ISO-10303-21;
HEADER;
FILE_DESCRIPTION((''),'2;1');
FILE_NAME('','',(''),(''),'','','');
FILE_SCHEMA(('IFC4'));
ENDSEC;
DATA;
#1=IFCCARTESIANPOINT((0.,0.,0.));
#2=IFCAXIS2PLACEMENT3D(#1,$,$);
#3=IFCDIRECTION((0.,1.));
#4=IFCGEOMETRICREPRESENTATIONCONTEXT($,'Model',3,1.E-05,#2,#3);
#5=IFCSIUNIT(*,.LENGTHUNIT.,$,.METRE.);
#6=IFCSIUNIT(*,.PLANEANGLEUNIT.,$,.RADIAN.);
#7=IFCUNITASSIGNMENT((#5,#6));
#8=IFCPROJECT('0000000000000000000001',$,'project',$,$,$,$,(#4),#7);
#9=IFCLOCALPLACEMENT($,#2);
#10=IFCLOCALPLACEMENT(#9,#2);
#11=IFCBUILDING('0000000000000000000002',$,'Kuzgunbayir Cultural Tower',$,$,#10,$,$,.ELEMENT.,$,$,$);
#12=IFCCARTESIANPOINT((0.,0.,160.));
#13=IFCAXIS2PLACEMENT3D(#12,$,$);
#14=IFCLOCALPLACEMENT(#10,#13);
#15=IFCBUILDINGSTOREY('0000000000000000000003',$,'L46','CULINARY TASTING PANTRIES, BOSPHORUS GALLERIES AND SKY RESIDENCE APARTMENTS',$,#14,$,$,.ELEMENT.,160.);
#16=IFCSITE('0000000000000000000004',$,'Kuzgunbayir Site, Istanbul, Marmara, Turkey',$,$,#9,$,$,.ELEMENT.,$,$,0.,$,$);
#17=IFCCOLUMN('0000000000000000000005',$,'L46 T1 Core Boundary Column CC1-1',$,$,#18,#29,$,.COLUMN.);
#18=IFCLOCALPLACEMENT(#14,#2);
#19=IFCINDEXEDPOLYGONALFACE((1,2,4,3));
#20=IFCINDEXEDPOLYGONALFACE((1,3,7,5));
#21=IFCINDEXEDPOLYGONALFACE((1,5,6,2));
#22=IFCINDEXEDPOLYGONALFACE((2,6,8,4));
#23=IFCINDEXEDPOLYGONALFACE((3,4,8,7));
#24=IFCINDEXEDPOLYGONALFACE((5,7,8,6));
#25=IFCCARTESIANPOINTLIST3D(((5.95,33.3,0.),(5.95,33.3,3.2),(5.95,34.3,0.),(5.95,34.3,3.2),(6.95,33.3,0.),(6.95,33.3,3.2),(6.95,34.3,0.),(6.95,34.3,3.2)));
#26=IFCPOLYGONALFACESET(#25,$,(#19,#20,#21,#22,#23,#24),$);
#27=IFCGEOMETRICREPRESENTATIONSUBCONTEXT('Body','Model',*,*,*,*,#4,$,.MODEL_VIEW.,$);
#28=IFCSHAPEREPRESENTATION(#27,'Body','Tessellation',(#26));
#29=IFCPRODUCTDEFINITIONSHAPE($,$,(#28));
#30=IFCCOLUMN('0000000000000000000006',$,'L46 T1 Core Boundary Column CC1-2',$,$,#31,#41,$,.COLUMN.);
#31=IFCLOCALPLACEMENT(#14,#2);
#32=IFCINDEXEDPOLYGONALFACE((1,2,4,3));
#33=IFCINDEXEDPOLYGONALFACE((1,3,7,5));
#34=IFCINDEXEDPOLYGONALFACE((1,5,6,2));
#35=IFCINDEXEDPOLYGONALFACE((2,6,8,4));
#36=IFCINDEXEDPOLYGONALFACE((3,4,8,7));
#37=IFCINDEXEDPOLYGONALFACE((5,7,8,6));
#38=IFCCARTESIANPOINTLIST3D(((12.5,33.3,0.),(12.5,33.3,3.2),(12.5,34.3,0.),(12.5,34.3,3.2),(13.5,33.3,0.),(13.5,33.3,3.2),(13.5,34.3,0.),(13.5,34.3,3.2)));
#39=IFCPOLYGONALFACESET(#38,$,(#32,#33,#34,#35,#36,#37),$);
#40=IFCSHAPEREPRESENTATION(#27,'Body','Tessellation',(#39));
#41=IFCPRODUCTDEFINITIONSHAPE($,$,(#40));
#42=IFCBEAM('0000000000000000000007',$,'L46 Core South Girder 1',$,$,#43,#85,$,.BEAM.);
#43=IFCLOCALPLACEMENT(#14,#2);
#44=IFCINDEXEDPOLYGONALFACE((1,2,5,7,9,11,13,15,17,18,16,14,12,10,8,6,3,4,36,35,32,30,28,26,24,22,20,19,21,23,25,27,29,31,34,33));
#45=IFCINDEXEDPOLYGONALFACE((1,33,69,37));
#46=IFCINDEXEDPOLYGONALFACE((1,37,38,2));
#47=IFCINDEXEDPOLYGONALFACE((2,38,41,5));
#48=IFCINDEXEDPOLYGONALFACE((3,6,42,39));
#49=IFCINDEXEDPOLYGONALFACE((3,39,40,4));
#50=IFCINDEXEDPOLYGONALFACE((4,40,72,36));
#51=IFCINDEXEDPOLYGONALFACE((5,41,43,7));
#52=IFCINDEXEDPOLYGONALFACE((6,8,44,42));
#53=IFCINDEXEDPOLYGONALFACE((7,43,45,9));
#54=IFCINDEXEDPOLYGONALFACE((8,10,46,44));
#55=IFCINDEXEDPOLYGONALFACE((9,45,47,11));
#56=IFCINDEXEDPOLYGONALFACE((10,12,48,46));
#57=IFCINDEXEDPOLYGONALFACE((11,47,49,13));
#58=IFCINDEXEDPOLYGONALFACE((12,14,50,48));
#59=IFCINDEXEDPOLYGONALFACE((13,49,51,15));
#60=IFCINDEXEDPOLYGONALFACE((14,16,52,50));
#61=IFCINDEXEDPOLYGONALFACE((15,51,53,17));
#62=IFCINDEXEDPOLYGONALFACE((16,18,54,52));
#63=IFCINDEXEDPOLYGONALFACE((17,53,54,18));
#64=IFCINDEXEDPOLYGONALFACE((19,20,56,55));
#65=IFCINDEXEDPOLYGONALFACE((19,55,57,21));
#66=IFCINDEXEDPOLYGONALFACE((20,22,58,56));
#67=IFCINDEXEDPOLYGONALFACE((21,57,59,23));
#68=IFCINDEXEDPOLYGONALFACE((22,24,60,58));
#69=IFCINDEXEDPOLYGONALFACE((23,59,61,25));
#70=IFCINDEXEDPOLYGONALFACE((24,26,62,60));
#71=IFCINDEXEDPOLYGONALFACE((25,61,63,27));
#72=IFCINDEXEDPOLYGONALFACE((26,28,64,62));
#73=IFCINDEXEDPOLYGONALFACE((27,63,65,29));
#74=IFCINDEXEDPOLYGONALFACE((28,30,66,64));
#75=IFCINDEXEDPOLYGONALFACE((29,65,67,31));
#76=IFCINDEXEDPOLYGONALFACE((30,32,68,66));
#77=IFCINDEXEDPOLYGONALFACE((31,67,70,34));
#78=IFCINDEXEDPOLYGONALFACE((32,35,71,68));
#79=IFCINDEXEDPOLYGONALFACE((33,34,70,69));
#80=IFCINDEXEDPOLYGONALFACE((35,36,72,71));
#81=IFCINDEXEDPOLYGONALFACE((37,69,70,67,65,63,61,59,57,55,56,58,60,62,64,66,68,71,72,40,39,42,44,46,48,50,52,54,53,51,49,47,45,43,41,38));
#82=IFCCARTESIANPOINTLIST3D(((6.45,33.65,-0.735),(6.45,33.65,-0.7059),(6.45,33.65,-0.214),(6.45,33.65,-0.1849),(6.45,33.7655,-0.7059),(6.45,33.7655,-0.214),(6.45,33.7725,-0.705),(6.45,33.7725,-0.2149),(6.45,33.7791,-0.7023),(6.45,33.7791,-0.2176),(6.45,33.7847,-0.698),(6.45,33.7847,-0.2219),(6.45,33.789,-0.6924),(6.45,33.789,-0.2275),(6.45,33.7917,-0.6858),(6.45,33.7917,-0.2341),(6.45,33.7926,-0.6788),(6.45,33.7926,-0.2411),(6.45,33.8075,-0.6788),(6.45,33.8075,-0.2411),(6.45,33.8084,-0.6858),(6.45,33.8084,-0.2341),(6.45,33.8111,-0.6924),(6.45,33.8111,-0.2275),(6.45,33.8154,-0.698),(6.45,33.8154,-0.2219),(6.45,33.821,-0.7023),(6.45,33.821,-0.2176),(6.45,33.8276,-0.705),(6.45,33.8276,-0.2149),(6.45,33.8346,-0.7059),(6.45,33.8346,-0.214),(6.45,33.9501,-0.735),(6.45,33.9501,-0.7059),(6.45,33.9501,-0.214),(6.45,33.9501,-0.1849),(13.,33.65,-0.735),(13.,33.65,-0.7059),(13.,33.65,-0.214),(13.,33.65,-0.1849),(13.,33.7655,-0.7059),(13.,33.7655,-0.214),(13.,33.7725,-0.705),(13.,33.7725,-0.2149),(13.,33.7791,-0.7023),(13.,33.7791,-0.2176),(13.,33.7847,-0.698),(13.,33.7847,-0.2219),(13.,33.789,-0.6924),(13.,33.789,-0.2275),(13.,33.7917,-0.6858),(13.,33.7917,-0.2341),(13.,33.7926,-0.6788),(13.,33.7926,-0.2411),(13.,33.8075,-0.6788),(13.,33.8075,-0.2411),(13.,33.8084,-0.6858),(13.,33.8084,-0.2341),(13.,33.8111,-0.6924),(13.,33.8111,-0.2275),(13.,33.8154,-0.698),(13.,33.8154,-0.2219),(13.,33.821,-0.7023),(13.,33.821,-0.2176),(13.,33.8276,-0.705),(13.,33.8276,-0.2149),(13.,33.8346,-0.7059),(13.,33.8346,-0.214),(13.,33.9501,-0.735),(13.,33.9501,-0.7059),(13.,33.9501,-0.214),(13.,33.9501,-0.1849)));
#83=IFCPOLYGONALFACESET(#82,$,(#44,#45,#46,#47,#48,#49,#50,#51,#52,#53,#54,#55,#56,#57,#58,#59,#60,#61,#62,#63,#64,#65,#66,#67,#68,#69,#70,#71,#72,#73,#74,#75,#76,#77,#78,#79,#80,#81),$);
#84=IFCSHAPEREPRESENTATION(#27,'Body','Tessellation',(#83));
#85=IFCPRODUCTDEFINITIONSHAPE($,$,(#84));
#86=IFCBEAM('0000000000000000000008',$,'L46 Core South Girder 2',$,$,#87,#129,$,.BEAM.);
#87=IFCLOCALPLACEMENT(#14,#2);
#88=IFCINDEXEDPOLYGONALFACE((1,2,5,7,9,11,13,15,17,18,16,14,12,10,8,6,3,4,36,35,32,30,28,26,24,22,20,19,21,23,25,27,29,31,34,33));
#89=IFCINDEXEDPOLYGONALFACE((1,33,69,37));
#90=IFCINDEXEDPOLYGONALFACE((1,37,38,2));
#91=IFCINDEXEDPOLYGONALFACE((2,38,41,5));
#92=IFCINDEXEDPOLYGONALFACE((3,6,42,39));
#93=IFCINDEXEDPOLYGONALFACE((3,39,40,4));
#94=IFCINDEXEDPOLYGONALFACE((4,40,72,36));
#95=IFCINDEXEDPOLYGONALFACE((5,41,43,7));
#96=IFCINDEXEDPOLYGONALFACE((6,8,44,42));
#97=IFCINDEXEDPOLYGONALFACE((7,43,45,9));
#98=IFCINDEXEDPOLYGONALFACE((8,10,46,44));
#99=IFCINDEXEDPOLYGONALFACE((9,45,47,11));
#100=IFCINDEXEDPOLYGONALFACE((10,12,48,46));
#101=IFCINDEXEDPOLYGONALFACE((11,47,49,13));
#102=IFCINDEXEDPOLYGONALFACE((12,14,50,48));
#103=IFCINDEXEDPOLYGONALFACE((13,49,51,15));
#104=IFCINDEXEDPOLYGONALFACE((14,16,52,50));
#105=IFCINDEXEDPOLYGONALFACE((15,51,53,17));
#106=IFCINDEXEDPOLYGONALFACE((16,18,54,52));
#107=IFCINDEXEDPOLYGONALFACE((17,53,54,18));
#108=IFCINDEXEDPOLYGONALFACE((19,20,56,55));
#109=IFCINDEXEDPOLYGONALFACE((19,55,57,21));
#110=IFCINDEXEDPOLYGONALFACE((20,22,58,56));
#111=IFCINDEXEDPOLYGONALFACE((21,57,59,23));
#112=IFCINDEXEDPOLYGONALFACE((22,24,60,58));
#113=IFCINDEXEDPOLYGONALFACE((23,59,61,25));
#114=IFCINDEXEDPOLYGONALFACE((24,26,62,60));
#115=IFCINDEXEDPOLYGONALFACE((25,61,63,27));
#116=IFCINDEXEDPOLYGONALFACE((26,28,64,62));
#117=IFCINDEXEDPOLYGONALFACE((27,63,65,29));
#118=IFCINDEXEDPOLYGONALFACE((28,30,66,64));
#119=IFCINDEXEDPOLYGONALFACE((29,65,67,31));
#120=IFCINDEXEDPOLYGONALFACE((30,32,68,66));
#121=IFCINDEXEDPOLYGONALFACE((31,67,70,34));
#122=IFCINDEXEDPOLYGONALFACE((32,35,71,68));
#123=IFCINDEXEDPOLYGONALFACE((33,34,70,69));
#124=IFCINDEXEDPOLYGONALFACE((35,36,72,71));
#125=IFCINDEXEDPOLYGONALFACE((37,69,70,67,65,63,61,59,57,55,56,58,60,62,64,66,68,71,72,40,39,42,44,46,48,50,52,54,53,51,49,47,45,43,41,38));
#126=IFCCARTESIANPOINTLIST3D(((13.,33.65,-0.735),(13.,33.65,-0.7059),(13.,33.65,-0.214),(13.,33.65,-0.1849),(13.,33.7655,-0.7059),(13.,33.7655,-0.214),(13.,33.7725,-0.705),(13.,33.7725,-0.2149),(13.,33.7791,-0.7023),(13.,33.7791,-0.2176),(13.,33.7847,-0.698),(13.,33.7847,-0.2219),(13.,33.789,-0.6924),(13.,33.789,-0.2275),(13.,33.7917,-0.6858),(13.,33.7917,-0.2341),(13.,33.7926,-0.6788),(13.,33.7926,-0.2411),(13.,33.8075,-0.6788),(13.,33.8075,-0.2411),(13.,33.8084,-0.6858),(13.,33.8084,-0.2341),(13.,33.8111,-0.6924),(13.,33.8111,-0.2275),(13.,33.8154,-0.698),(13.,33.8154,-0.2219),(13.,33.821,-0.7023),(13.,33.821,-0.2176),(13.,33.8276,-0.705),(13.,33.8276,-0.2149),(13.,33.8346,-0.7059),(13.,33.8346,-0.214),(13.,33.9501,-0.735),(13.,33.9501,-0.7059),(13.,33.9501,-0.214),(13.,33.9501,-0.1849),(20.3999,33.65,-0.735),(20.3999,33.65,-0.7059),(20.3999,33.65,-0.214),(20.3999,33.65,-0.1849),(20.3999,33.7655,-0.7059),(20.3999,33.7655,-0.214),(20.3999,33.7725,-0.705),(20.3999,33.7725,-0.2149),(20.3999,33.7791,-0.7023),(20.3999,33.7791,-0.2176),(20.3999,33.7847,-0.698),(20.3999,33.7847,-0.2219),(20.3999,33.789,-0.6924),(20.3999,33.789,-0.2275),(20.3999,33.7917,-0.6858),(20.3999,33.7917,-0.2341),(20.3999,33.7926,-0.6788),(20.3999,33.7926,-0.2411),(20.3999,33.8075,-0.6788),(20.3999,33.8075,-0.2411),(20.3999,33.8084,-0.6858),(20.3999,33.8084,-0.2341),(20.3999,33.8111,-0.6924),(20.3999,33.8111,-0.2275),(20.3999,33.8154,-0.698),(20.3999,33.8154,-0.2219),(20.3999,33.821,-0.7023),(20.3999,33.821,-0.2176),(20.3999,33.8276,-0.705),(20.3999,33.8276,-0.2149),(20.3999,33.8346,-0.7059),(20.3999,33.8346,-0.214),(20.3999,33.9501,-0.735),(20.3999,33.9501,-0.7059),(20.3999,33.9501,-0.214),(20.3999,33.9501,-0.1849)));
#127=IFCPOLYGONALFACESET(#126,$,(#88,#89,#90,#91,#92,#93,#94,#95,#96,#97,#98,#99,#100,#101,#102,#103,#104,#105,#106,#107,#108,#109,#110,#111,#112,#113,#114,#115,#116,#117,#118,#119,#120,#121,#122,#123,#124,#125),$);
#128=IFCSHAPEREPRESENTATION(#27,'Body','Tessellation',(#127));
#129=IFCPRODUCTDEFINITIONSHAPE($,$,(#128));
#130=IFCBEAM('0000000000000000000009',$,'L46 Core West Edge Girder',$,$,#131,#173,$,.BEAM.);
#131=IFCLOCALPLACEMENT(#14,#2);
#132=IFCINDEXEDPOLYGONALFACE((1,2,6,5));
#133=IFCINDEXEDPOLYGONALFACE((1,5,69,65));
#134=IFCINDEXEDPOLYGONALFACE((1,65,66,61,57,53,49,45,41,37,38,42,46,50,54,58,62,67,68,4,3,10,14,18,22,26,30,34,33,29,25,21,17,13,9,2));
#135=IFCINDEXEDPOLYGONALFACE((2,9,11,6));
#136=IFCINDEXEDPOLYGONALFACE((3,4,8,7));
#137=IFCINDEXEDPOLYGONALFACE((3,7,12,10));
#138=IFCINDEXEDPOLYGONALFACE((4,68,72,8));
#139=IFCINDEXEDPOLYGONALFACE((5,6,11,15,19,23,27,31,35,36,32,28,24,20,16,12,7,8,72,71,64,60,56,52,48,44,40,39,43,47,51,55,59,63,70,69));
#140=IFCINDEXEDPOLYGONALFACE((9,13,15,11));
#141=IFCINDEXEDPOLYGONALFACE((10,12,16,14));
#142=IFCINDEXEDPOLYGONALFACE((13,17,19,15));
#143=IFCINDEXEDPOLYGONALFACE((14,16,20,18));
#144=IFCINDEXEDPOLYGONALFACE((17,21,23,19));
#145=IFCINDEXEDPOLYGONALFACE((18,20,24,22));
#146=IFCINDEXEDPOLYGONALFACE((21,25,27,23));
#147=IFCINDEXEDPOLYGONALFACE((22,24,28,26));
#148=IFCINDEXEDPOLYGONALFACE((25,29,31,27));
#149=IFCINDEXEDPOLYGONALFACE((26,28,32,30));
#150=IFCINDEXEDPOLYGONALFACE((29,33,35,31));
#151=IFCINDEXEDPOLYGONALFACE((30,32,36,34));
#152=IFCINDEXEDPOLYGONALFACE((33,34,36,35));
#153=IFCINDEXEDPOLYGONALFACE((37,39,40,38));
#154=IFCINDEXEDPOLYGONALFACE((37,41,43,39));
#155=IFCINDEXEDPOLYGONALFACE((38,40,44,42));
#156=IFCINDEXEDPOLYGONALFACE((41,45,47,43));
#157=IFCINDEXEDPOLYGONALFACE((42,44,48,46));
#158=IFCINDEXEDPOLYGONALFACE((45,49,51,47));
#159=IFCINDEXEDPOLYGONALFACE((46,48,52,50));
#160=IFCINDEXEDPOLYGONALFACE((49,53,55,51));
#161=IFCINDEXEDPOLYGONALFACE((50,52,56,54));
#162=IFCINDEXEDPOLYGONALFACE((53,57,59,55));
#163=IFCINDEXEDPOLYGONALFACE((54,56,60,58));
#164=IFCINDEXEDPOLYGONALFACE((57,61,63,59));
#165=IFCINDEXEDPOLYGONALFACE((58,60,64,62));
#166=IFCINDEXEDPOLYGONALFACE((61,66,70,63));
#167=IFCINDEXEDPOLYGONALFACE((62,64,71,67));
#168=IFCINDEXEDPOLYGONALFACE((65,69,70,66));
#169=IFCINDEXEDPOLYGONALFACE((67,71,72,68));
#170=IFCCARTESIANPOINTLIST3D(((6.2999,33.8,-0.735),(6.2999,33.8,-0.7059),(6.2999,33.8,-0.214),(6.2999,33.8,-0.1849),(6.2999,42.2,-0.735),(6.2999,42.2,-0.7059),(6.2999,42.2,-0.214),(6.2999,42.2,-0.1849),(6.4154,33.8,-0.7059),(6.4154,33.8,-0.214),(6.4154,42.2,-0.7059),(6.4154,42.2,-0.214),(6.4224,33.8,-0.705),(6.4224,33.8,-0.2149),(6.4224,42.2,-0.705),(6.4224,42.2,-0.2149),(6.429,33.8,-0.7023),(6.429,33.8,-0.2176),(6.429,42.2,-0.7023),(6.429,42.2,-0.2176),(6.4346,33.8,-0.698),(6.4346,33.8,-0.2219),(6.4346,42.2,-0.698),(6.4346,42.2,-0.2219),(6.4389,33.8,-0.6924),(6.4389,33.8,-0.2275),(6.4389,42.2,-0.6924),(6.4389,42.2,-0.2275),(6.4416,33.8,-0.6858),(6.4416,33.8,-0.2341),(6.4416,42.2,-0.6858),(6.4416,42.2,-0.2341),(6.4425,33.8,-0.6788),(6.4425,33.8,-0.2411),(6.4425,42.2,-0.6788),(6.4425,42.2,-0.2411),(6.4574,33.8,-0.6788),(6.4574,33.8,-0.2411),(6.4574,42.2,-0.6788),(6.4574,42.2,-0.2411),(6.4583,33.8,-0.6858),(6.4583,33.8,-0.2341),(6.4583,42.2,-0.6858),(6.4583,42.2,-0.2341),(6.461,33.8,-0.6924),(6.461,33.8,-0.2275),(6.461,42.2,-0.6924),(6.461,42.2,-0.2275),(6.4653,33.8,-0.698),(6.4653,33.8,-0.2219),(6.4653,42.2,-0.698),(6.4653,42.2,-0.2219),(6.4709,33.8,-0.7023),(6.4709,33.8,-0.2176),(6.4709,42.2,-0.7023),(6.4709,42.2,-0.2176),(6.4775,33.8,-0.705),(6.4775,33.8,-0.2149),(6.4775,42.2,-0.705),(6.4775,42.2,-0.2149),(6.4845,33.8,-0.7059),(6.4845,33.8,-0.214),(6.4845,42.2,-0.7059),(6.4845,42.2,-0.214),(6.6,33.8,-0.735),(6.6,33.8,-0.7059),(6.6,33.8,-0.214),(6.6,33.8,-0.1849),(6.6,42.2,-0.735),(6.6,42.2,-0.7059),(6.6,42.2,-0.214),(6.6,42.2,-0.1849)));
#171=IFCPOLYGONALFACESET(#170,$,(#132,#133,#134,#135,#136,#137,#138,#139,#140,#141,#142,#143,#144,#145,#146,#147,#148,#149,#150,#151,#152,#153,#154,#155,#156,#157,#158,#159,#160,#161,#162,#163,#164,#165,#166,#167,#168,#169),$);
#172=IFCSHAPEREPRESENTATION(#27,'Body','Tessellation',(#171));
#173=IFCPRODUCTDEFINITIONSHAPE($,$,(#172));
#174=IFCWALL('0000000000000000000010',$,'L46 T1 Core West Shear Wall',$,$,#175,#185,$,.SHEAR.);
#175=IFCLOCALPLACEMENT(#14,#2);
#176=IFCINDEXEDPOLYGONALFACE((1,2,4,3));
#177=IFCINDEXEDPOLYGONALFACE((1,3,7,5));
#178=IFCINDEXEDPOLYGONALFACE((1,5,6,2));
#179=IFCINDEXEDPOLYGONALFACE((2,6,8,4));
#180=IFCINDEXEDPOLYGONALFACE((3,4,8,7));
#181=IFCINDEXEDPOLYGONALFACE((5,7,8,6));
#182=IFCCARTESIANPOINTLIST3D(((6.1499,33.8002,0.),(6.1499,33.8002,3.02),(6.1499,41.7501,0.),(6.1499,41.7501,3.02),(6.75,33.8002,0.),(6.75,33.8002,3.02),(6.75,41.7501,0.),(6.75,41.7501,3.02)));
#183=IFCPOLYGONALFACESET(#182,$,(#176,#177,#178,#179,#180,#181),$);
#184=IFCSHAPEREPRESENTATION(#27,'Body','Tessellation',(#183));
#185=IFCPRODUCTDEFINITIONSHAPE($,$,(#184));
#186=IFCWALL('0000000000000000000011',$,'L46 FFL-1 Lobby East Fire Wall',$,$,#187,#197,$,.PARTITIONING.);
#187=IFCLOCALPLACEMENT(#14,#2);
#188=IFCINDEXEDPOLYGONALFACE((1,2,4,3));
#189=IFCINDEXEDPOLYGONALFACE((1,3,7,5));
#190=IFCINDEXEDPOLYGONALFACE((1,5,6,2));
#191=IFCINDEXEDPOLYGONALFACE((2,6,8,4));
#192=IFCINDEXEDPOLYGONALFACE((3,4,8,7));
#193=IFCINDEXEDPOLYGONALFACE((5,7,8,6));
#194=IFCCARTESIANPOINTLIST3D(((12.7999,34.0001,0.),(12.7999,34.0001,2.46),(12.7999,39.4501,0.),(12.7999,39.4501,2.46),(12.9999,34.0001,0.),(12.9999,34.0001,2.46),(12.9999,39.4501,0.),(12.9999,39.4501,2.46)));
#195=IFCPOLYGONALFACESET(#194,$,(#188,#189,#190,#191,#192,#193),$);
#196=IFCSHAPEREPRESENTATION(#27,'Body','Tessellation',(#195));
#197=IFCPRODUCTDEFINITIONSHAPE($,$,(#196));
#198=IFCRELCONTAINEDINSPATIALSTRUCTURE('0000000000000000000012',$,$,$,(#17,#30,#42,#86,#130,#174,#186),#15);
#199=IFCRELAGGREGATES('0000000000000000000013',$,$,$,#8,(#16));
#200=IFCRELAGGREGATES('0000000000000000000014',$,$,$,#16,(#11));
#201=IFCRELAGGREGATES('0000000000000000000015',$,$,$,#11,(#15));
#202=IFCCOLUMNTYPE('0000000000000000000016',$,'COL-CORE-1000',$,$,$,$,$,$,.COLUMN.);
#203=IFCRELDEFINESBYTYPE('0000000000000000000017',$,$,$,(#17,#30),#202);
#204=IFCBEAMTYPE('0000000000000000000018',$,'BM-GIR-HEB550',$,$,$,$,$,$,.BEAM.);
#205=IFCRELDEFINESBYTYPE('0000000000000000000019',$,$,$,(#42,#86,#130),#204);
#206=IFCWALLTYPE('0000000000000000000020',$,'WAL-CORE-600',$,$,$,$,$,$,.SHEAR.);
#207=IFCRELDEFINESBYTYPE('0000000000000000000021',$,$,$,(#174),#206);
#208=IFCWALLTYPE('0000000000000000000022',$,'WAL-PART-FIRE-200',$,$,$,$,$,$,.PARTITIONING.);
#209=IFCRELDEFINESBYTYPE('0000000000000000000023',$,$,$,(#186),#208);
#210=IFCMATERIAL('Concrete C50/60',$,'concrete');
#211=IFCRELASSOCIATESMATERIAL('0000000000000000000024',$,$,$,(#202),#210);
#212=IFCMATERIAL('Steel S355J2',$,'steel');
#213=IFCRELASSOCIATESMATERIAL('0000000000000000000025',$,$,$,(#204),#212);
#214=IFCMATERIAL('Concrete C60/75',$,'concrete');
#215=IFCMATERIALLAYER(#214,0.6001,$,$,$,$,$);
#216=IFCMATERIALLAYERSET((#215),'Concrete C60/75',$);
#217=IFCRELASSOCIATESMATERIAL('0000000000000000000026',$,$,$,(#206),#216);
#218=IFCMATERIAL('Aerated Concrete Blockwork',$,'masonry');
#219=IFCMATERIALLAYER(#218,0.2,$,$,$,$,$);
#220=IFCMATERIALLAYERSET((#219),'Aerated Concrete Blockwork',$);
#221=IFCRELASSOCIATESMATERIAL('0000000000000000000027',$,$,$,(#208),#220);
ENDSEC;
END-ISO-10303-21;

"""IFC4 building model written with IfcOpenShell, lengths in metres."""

from ifc_helpers import new_model, si_unit, direction, frame, frame_2d, origin, origin_2d, place, context, subcontext, project, spatial, rectangle, i_section, extrude, material, layer, layer_set, material_profile, profile_set, type_object, element, save


model = new_model("IFC4")

# Units and contexts
model_context = context("Model", 3, precision=1e-05, world=origin(), true_north=direction((0.0, 1.0)))
body_context = subcontext(model_context, "Body", "Model", "MODEL_VIEW")
ifc_project = project(units=[si_unit("LENGTHUNIT", "METRE"), si_unit("PLANEANGLEUNIT", "RADIAN")], contexts=[model_context])

# Site, building, storey
site_placement = place(None, origin())
site = spatial("IfcSite", under=ifc_project, at=site_placement, Name="Kuzgunbayir Site, Istanbul, Marmara, Turkey", CompositionType="ELEMENT", RefElevation=0.0)
building_placement = place(site_placement, origin())
building = spatial("IfcBuilding", under=site, at=building_placement, Name="Kuzgunbayir Cultural Tower", CompositionType="ELEMENT")
storey_placement = place(building_placement, frame((0.0, 0.0, 160.0)))
storey = spatial("IfcBuildingStorey", under=building, at=storey_placement, Name="L46", Description="CULINARY TASTING PANTRIES, BOSPHORUS GALLERIES AND SKY RESIDENCE APARTMENTS", CompositionType="ELEMENT", Elevation=160.0)

# Columns
ifc_material_1 = material(Name="Concrete C50/60", Category="concrete")
ifc_material_profile_1 = material_profile(ifc_material_1, rectangle(XDim=1.0, YDim=1.0, at=origin_2d()), Name="RC 1000x1000")
ifc_profile_set_1 = profile_set([ifc_material_profile_1], Name="Concrete C50/60")
column_type = type_object("IfcColumnType", Name="COL-CORE-1000", PredefinedType="COLUMN", material=ifc_profile_set_1)
for number, where, z_axis, x_axis, name in (
    (1, (6.45, 33.8, 0.0), (0.0, 0.0, 1.0), (1.0, 0.0, 0.0), "L46 T1 Core Boundary Column CC1-1"),
    (2, (13.0, 33.8, 0.0), (0.0, 0.0, 1.0), (1.0, 0.0, 0.0), "L46 T1 Core Boundary Column CC1-2"),
):
    element("IfcColumn", number, at=place(storey_placement, frame(where, z_axis=z_axis, x_axis=x_axis)), inside=storey, type_object=column_type, Name=name, PredefinedType="COLUMN", context=body_context, shape_type="SweptSolid", body=[
        extrude(rectangle(XDim=1.0, YDim=1.0, at=origin_2d()), origin(), (0.0, 0.0, 1.0), 3.2),
    ])

# Beams
ifc_material_2 = material(Name="Steel S355J2", Category="steel")
ifc_material_profile_2 = material_profile(ifc_material_2, i_section(OverallWidth=0.3, OverallDepth=0.55, WebThickness=0.0149, FlangeThickness=0.0291, FilletRadius=0.0271, at=origin_2d()), Name="HEB 550")
ifc_profile_set_2 = profile_set([ifc_material_profile_2], Name="Steel S355J2")
beam_type = type_object("IfcBeamType", Name="BM-GIR-HEB550", PredefinedType="BEAM", material=ifc_profile_set_2)
beam_1_placement = place(storey_placement, frame((6.45, 33.8, -0.46), z_axis=(1.0, 0.0, 0.0), x_axis=(0.0, 1.0, 0.0)))
element("IfcBeam", 3, at=beam_1_placement, inside=storey, type_object=beam_type, Name="L46 Core South Girder 1", PredefinedType="BEAM", context=body_context, shape_type="SweptSolid", body=[
    extrude(i_section(OverallWidth=0.3, OverallDepth=0.55, WebThickness=0.0149, FlangeThickness=0.0291, FilletRadius=0.0271, at=origin_2d()), origin(), (0.0, 0.0, 1.0), 6.55),
])
beam_2_placement = place(storey_placement, frame((13.0, 33.8, -0.46), z_axis=(1.0, 0.0, 0.0), x_axis=(0.0, 1.0, 0.0)))
element("IfcBeam", 4, at=beam_2_placement, inside=storey, type_object=beam_type, Name="L46 Core South Girder 2", PredefinedType="BEAM", context=body_context, shape_type="SweptSolid", body=[
    extrude(i_section(OverallWidth=0.3, OverallDepth=0.55, WebThickness=0.0149, FlangeThickness=0.0291, FilletRadius=0.0271, at=origin_2d()), origin(), (0.0, 0.0, 1.0), 7.3999),
])
beam_3_placement = place(storey_placement, frame((6.45, 33.8, -0.46), z_axis=(0.0, 1.0, 0.0), x_axis=(-1.0, 0.0, 0.0)))
element("IfcBeam", 5, at=beam_3_placement, inside=storey, type_object=beam_type, Name="L46 Core West Edge Girder", PredefinedType="BEAM", context=body_context, shape_type="SweptSolid", body=[
    extrude(i_section(OverallWidth=0.3, OverallDepth=0.55, WebThickness=0.0149, FlangeThickness=0.0291, FilletRadius=0.0271, at=origin_2d()), origin(), (0.0, 0.0, 1.0), 8.3999),
])

# Wall
ifc_material_3 = material(Name="Concrete C60/75", Category="concrete")
ifc_layer_1 = layer(ifc_material_3, 0.6001)
ifc_layer_set_1 = layer_set([ifc_layer_1], Name="Concrete C60/75")
wall_type_1 = type_object("IfcWallType", Name="WAL-CORE-600", PredefinedType="SHEAR", material=ifc_layer_set_1)
wall_1_placement = place(storey_placement, frame((6.45, 33.8, 0.0), z_axis=(0.0, 0.0, 1.0), x_axis=(0.0, 1.0, 0.0)))
element("IfcWall", 6, at=wall_1_placement, inside=storey, type_object=wall_type_1, Name="L46 T1 Core West Shear Wall", PredefinedType="SHEAR", context=body_context, shape_type="SweptSolid", body=[
    extrude(rectangle(XDim=7.95, YDim=0.6001, at=frame_2d((3.9751, 0.0))), origin(), (0.0, 0.0, 1.0), 3.02),
])

# Wall
ifc_material_4 = material(Name="Aerated Concrete Blockwork", Category="masonry")
ifc_layer_2 = layer(ifc_material_4, 0.2)
ifc_layer_set_2 = layer_set([ifc_layer_2], Name="Aerated Concrete Blockwork")
wall_type_2 = type_object("IfcWallType", Name="WAL-PART-FIRE-200", PredefinedType="PARTITIONING", material=ifc_layer_set_2)
wall_2_placement = place(storey_placement, frame((12.8999, 34.0, 0.0), z_axis=(0.0, 0.0, 1.0), x_axis=(0.0, 1.0, 0.0)))
element("IfcWall", 7, at=wall_2_placement, inside=storey, type_object=wall_type_2, Name="L46 FFL-1 Lobby East Fire Wall", PredefinedType="PARTITIONING", context=body_context, shape_type="SweptSolid", body=[
    extrude(rectangle(XDim=5.45, YDim=0.2, at=frame_2d((2.7251, 0.0))), origin(), (0.0, 0.0, 1.0), 2.46),
])

save(model, "model.ifc")
